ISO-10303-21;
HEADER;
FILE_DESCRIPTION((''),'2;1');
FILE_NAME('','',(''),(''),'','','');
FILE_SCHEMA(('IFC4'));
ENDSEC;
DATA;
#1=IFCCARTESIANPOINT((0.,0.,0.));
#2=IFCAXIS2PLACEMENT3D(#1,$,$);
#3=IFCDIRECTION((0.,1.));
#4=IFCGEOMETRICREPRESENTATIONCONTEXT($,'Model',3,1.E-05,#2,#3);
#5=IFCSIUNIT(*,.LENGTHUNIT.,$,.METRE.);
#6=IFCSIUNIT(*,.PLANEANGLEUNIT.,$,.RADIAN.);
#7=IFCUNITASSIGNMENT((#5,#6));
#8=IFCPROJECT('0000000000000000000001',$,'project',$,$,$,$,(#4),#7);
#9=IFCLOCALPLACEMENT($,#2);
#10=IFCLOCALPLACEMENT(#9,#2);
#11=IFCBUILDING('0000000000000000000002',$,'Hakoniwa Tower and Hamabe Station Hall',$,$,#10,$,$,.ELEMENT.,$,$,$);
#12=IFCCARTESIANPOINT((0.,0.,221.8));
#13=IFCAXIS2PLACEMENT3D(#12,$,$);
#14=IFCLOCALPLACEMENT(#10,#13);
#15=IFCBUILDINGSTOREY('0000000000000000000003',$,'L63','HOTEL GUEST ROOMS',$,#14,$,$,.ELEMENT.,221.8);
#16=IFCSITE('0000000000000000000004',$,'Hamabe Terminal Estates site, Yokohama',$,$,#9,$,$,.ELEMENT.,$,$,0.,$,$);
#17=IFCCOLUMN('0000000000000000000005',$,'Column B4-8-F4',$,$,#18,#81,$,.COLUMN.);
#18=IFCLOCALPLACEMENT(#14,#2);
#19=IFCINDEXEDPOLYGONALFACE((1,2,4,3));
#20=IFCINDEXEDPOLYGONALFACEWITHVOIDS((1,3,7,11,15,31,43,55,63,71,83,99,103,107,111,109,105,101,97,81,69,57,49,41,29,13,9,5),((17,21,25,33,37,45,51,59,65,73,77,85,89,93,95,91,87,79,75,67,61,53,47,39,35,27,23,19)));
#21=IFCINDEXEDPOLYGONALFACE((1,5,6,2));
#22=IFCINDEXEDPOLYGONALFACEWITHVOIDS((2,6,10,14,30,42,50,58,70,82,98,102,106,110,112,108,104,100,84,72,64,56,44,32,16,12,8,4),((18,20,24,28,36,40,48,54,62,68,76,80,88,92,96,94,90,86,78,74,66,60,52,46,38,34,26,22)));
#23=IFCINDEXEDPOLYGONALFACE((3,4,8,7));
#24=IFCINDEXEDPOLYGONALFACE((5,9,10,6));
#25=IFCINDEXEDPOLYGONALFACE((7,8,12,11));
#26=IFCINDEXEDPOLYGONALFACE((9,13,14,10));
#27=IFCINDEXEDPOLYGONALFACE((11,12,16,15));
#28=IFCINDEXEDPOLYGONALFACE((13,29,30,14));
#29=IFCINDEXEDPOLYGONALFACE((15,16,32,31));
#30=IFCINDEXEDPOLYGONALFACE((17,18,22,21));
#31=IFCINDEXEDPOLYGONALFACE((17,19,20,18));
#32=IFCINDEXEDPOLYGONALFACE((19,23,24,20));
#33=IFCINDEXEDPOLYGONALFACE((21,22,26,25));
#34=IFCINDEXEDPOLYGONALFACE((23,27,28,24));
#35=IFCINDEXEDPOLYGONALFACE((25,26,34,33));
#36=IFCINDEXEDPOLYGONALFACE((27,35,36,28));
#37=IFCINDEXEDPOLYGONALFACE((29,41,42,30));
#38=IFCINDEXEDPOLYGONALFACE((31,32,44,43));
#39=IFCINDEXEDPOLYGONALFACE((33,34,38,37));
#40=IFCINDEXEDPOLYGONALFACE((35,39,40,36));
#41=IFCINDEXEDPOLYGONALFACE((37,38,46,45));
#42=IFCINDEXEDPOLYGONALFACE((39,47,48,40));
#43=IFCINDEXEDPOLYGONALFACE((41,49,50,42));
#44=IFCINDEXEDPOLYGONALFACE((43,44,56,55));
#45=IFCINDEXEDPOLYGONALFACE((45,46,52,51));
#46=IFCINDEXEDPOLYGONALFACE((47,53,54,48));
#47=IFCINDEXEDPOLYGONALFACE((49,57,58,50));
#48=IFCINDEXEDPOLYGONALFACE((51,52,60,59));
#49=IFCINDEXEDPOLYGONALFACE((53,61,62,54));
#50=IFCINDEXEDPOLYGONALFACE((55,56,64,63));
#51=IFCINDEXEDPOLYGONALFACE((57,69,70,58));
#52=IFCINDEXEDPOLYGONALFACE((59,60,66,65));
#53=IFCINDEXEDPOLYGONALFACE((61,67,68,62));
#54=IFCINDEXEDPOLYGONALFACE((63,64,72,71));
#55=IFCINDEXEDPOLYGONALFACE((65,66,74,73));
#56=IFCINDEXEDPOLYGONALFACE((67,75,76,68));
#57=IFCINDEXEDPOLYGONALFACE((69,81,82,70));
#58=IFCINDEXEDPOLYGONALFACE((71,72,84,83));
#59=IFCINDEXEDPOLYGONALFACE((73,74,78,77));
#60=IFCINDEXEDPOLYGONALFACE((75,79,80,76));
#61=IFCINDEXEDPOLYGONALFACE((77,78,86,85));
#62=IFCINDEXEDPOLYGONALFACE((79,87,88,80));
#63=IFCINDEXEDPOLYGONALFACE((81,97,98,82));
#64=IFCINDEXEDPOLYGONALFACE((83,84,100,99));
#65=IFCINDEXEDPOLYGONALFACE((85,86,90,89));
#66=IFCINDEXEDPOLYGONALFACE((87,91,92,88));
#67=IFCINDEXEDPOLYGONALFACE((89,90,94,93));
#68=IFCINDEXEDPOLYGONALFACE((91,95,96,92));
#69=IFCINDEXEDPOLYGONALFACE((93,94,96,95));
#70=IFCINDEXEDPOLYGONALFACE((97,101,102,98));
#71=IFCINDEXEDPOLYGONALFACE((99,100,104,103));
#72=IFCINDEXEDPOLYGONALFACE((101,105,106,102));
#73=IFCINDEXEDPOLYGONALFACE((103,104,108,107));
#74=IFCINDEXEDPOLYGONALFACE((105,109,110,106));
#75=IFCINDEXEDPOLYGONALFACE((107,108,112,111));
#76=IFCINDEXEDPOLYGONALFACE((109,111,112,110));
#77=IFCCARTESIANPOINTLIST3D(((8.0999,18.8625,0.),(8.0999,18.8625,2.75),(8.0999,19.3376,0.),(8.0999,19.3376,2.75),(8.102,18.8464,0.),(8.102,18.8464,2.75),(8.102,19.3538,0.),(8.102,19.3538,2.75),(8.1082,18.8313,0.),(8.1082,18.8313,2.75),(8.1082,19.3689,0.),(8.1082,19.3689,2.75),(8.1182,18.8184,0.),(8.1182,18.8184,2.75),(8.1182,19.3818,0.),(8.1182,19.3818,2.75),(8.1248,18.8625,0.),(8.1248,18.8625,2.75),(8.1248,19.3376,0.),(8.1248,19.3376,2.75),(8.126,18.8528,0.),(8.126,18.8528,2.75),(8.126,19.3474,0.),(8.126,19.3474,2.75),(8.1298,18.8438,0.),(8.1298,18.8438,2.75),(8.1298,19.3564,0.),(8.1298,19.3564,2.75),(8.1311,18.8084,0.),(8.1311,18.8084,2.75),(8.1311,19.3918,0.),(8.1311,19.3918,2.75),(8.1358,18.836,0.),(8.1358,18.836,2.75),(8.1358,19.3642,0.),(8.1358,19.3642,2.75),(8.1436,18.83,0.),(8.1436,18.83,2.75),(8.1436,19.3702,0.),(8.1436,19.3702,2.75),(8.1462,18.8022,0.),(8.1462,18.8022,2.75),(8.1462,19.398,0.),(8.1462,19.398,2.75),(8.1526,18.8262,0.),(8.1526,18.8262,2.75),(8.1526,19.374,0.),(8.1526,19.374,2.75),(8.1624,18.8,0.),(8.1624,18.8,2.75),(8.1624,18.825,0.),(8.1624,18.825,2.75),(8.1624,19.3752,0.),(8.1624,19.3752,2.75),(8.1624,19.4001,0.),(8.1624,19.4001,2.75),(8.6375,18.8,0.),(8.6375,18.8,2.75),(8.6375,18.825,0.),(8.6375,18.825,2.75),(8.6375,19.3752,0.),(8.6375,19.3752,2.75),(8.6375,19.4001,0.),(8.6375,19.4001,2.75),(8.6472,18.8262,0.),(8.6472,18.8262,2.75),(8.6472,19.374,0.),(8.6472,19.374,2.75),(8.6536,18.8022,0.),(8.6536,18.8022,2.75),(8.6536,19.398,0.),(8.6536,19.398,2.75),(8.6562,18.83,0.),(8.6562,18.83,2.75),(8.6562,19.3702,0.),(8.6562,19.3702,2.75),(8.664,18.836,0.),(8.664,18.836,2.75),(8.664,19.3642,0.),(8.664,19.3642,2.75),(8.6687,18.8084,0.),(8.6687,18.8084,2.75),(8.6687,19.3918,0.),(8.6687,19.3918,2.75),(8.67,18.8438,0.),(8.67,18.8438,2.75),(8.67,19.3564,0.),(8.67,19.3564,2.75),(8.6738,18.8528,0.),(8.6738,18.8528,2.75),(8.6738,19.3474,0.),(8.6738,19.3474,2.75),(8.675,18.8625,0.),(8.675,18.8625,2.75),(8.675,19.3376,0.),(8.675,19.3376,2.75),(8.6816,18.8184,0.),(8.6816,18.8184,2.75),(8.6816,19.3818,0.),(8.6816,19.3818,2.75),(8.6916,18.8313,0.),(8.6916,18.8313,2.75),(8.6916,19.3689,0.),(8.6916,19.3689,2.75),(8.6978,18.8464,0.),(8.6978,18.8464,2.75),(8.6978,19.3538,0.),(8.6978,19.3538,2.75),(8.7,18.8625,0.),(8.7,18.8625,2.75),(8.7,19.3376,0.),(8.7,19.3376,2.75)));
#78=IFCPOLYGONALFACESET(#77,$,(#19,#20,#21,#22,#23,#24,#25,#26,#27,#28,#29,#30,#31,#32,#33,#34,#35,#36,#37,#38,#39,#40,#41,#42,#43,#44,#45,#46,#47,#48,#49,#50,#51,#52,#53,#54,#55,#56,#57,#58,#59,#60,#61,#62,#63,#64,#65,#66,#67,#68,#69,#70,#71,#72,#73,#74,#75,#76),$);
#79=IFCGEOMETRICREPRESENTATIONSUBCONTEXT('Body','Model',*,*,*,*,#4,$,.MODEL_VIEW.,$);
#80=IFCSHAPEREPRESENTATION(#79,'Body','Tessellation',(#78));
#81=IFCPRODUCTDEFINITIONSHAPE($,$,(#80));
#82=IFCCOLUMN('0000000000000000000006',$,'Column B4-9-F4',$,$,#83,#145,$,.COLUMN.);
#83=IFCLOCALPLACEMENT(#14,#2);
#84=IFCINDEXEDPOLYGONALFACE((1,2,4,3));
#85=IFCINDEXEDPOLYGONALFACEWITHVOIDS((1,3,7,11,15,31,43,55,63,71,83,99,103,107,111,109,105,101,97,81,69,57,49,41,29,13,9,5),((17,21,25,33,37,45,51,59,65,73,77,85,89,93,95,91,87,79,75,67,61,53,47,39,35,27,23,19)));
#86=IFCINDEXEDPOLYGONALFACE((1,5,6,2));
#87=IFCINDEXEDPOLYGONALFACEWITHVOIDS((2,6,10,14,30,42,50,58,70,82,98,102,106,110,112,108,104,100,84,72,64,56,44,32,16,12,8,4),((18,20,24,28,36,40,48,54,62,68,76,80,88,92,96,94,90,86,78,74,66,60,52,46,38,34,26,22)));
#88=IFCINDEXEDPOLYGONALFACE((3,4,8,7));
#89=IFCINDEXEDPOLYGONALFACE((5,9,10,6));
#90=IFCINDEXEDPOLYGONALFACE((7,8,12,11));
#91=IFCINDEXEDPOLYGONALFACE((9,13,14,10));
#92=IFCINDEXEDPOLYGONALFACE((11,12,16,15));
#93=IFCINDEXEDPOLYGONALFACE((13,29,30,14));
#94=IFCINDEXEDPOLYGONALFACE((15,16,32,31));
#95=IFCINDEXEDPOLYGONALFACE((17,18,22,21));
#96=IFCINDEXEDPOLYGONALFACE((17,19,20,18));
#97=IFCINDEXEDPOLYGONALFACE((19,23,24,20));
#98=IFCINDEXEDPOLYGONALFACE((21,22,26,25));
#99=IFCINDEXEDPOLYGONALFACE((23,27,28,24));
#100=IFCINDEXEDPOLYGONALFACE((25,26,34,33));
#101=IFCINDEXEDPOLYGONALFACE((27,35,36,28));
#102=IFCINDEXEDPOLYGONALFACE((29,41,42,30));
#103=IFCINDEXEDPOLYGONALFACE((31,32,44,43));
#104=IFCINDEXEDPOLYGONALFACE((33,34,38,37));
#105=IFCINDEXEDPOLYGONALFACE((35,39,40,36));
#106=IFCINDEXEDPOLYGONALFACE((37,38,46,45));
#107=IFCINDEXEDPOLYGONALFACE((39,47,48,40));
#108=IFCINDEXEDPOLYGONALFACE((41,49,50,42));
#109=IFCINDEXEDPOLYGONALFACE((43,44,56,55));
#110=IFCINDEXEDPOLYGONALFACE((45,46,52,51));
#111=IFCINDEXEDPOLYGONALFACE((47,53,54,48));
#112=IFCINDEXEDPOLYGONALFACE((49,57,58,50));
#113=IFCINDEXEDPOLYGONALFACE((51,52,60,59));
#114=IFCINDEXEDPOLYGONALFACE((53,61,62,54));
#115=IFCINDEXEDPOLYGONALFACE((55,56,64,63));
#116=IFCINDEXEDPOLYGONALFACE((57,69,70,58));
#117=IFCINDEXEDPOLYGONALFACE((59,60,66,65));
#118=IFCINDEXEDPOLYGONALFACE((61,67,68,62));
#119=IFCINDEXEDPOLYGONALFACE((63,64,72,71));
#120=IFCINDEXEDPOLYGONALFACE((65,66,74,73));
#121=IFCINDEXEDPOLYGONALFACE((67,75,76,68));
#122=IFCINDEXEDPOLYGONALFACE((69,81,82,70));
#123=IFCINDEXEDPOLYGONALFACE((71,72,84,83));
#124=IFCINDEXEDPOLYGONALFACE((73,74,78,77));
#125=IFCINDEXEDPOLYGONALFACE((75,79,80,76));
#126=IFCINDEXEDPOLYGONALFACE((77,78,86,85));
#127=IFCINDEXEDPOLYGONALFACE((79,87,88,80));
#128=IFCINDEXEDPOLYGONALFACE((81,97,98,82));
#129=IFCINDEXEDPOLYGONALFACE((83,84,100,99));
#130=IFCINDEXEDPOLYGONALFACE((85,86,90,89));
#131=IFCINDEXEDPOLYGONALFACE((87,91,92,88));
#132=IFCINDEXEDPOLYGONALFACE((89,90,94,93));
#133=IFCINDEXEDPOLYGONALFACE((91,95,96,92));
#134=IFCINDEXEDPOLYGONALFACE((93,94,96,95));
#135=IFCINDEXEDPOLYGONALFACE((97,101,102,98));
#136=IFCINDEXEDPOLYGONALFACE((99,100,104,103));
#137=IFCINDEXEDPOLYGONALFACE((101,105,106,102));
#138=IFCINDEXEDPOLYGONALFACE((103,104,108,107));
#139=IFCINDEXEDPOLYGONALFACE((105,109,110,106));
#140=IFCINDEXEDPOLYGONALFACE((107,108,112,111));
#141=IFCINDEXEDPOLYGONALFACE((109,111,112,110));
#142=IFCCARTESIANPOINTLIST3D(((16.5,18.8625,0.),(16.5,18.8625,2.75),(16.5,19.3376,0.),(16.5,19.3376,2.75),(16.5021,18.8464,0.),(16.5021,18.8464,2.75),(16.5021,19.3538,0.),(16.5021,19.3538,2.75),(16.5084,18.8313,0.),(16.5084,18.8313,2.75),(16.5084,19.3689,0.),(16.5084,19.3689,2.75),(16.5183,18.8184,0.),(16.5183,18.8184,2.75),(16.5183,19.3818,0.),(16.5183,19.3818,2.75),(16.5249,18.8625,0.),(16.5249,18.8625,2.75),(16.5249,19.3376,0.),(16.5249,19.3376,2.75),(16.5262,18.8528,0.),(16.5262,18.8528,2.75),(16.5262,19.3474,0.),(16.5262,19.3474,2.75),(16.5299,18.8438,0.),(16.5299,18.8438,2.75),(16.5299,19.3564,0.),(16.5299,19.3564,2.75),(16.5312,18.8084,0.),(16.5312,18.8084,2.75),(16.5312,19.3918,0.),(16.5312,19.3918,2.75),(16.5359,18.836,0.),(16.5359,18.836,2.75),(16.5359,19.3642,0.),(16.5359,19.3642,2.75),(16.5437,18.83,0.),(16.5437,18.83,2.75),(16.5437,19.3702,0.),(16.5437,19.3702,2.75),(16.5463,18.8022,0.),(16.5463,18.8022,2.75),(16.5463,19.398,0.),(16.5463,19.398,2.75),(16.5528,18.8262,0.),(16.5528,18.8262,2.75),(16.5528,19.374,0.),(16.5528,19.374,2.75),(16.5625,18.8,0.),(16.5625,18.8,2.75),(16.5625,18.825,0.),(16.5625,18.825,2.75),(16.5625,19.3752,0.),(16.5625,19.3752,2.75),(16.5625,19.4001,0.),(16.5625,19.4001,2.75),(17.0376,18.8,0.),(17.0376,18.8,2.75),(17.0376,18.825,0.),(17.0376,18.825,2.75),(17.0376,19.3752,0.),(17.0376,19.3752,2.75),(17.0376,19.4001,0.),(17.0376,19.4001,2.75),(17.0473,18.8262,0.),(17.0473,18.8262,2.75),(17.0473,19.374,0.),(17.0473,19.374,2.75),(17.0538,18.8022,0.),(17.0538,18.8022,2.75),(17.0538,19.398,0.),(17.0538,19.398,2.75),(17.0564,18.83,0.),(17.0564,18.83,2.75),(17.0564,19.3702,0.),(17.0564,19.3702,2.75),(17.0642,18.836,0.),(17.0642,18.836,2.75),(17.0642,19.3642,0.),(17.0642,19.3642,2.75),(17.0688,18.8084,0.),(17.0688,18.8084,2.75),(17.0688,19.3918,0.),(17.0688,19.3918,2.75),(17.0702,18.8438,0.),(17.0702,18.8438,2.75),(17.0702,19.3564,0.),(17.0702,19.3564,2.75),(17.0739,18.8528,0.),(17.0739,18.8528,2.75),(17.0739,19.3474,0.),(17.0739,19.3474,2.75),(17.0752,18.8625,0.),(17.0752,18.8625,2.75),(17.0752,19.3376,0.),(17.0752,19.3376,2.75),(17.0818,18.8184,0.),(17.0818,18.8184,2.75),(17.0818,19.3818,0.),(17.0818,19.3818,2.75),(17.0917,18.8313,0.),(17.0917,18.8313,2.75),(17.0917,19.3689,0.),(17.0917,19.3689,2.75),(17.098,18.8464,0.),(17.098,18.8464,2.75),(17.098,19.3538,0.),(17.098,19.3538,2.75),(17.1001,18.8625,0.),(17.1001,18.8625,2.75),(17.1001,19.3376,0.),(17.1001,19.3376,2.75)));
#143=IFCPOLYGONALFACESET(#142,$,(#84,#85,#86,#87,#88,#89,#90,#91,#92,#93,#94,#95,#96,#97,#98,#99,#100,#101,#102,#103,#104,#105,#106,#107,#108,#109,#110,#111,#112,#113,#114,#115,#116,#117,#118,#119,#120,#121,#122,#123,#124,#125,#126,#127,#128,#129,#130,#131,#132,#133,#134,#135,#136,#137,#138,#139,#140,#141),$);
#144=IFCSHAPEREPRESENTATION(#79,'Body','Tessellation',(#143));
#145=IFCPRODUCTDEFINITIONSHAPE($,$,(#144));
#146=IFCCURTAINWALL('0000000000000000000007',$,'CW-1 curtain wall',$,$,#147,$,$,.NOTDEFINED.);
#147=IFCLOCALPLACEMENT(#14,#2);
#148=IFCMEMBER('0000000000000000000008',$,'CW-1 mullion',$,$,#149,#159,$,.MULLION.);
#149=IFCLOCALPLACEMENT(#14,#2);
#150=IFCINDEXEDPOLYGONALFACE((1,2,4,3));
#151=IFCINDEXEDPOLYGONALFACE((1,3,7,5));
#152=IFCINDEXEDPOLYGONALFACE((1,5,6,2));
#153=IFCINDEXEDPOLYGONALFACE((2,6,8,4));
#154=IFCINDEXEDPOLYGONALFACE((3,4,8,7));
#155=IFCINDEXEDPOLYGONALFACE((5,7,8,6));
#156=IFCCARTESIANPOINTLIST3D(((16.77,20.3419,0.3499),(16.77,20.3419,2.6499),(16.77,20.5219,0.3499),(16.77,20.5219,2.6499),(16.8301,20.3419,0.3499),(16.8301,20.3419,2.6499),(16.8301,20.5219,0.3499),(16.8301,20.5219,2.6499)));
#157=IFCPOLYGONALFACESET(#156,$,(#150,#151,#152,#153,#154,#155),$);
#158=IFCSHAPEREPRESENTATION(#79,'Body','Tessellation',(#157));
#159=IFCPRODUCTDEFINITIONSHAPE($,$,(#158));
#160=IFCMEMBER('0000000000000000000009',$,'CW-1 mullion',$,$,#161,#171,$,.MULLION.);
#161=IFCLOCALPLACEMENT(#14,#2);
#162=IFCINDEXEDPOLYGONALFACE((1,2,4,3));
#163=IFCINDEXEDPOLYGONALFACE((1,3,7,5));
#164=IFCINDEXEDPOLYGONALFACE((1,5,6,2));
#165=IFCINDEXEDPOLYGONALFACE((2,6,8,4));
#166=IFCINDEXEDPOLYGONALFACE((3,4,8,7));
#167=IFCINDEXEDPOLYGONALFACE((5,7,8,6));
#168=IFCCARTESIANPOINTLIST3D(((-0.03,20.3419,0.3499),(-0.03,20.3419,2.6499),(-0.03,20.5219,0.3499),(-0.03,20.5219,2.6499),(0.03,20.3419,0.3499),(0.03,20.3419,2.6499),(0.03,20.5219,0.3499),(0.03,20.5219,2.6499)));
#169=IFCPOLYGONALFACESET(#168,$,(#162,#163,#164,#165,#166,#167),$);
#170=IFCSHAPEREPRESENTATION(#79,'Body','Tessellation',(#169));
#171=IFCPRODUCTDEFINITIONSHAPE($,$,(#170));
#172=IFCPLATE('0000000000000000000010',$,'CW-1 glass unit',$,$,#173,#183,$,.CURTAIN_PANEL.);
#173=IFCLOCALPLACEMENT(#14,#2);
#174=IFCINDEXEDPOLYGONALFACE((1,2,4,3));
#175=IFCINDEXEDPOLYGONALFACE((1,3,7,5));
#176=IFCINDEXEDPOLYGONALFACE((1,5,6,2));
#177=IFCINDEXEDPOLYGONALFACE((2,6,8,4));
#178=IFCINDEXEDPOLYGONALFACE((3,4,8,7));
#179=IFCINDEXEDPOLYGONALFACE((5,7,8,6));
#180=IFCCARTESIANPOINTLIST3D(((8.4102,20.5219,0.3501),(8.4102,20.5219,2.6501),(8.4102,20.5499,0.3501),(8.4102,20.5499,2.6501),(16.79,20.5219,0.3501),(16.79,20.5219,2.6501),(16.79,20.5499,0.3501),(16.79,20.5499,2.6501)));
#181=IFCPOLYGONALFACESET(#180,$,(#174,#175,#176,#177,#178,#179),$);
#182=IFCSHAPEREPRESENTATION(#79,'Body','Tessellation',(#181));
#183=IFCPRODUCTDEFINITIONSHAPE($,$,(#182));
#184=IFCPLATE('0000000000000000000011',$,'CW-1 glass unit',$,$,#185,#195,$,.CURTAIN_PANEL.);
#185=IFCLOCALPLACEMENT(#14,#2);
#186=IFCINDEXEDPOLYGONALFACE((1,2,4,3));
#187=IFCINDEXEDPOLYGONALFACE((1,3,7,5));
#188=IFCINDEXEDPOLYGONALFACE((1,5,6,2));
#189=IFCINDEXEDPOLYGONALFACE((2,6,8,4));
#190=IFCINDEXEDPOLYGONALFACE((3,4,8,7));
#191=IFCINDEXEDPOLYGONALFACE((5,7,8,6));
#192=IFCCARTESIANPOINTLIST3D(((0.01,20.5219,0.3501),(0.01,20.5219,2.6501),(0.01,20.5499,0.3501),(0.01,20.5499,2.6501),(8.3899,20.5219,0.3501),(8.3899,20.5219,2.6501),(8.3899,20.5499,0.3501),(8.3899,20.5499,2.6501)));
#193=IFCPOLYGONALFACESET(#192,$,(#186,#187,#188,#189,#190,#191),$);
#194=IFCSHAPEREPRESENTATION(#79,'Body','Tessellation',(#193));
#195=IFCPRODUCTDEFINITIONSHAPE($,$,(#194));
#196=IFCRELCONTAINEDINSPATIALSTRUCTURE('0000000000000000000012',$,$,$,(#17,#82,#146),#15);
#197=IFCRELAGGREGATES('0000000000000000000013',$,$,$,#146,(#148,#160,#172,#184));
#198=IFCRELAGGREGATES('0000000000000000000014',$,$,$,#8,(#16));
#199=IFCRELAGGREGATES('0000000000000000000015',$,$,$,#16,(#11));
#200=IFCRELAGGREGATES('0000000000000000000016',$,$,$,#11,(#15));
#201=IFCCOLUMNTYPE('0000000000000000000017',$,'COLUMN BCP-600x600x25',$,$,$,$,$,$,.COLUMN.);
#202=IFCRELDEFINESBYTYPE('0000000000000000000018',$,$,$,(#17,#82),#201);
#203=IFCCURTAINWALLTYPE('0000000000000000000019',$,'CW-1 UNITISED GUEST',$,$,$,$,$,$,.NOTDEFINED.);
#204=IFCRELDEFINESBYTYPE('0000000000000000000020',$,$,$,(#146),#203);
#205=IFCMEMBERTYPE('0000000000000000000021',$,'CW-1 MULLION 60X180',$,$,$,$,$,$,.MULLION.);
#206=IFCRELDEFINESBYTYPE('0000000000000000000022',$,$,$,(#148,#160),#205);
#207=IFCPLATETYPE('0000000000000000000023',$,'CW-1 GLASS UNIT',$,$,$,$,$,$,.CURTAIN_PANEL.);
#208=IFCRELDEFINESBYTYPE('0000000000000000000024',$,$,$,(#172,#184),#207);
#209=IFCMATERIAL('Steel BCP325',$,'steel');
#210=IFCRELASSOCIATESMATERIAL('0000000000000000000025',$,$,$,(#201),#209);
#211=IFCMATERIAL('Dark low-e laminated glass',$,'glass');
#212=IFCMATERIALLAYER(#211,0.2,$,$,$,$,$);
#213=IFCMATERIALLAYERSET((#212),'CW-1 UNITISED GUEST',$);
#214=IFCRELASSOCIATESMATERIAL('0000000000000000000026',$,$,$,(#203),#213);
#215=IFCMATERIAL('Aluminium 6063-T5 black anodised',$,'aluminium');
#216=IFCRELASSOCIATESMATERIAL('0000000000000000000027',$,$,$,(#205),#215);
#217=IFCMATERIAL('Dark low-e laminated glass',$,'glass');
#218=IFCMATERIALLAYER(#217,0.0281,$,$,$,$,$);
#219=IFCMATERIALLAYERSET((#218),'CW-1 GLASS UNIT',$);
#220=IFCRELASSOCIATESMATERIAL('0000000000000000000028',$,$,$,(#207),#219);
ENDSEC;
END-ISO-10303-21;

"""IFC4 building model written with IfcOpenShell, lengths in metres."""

from ifc_helpers import new_model, si_unit, direction, frame, origin, origin_2d, place, context, subcontext, project, spatial, rectangle, hollow_rectangle, extrude, material, layer, layer_set, material_profile, profile_set, type_object, element, aggregate, save


model = new_model("IFC4")

# Units and contexts
model_context = context("Model", 3, precision=1e-05, world=origin(), true_north=direction((0.0, 1.0)))
body_context = subcontext(model_context, "Body", "Model", "MODEL_VIEW")
ifc_project = project(units=[si_unit("LENGTHUNIT", "METRE"), si_unit("PLANEANGLEUNIT", "RADIAN")], contexts=[model_context])

# Site, building, storey
site_placement = place(None, origin())
site = spatial("IfcSite", under=ifc_project, at=site_placement, Name="Hamabe Terminal Estates site, Yokohama", CompositionType="ELEMENT", RefElevation=0.0)
building_placement = place(site_placement, origin())
building = spatial("IfcBuilding", under=site, at=building_placement, Name="Hakoniwa Tower and Hamabe Station Hall", CompositionType="ELEMENT")
storey_placement = place(building_placement, frame((0.0, 0.0, 221.8)))
storey = spatial("IfcBuildingStorey", under=building, at=storey_placement, Name="L63", Description="HOTEL GUEST ROOMS", CompositionType="ELEMENT", Elevation=221.8)

# Columns
ifc_material_1 = material(Name="Steel BCP325", Category="steel")
ifc_material_profile_1 = material_profile(ifc_material_1, hollow_rectangle(XDim=0.6001, YDim=0.6001, WallThickness=0.0249, InnerFilletRadius=0.0376, OuterFilletRadius=0.0625, at=origin_2d()), Name="BCP-600x600x25")
ifc_profile_set_1 = profile_set([ifc_material_profile_1], Name="Steel BCP325")
column_type = type_object("IfcColumnType", Name="COLUMN BCP-600x600x25", PredefinedType="COLUMN", material=ifc_profile_set_1)
for number, where, z_axis, x_axis, name in (
    (1, (8.3999, 19.1001, 0.0), (0.0, 0.0, 1.0), (1.0, 0.0, 0.0), "Column B4-8-F4"),
    (2, (16.8, 19.1001, 0.0), (0.0, 0.0, 1.0), (1.0, 0.0, 0.0), "Column B4-9-F4"),
):
    element("IfcColumn", number, at=place(storey_placement, frame(where, z_axis=z_axis, x_axis=x_axis)), inside=storey, type_object=column_type, Name=name, PredefinedType="COLUMN", context=body_context, shape_type="SweptSolid", body=[
        extrude(hollow_rectangle(XDim=0.6001, YDim=0.6001, WallThickness=0.0249, InnerFilletRadius=0.0376, OuterFilletRadius=0.0625, at=origin_2d()), origin(), (0.0, 0.0, 1.0), 2.75),
    ])

# Curtain wall, members, plates
ifc_material_2 = material(Name="Dark low-e laminated glass", Category="glass")
ifc_layer_1 = layer(ifc_material_2, 0.2)
ifc_layer_set_1 = layer_set([ifc_layer_1], Name="CW-1 UNITISED GUEST")
curtain_wall_type = type_object("IfcCurtainWallType", Name="CW-1 UNITISED GUEST", PredefinedType="NOTDEFINED", material=ifc_layer_set_1)
curtain_wall_placement = place(storey_placement, origin())
curtain_wall = element("IfcCurtainWall", 3, at=curtain_wall_placement, inside=storey, type_object=curtain_wall_type, Name="CW-1 curtain wall", PredefinedType="NOTDEFINED")
ifc_material_3 = material(Name="Aluminium 6063-T5 black anodised", Category="aluminium")
ifc_material_profile_2 = material_profile(ifc_material_3, rectangle(XDim=0.0601, YDim=0.1799, at=origin_2d()), Name="CW-1 MULLION 60X180")
ifc_profile_set_2 = profile_set([ifc_material_profile_2], Name="Aluminium 6063-T5 black anodised")
member_type = type_object("IfcMemberType", Name="CW-1 MULLION 60X180", PredefinedType="MULLION", material=ifc_profile_set_2)
member_1_placement = place(storey_placement, frame((16.8, 20.4319, 0.3499), z_axis=(0.0, 0.0, 1.0), x_axis=(-1.0, 0.0, 0.0)))
member_1 = element("IfcMember", 4, at=member_1_placement, type_object=member_type, Name="CW-1 mullion", PredefinedType="MULLION", context=body_context, shape_type="SweptSolid", body=[
    extrude(rectangle(XDim=0.0601, YDim=0.1799, at=origin_2d()), origin(), (0.0, 0.0, 1.0), 2.3),
])
member_2_placement = place(storey_placement, frame((0.0, 20.4319, 0.3499), z_axis=(0.0, 0.0, 1.0), x_axis=(-1.0, 0.0, 0.0)))
member_2 = element("IfcMember", 5, at=member_2_placement, type_object=member_type, Name="CW-1 mullion", PredefinedType="MULLION", context=body_context, shape_type="SweptSolid", body=[
    extrude(rectangle(XDim=0.0601, YDim=0.1799, at=origin_2d()), origin(), (0.0, 0.0, 1.0), 2.3),
])
ifc_material_4 = material(Name="Dark low-e laminated glass", Category="glass")
ifc_layer_2 = layer(ifc_material_4, 0.0281)
ifc_layer_set_2 = layer_set([ifc_layer_2], Name="CW-1 GLASS UNIT")
plate_type = type_object("IfcPlateType", Name="CW-1 GLASS UNIT", PredefinedType="CURTAIN_PANEL", material=ifc_layer_set_2)
plate_1_placement = place(storey_placement, frame((12.6001, 20.5359, 0.3501), z_axis=(0.0, 0.0, 1.0), x_axis=(-1.0, 0.0, 0.0)))
plate_1 = element("IfcPlate", 6, at=plate_1_placement, type_object=plate_type, Name="CW-1 glass unit", PredefinedType="CURTAIN_PANEL", context=body_context, shape_type="SweptSolid", body=[
    extrude(rectangle(XDim=8.3799, YDim=0.0281, at=origin_2d()), origin(), (0.0, 0.0, 1.0), 2.3),
])
plate_2_placement = place(storey_placement, frame((4.2, 20.5359, 0.3501), z_axis=(0.0, 0.0, 1.0), x_axis=(-1.0, 0.0, 0.0)))
plate_2 = element("IfcPlate", 7, at=plate_2_placement, type_object=plate_type, Name="CW-1 glass unit", PredefinedType="CURTAIN_PANEL", context=body_context, shape_type="SweptSolid", body=[
    extrude(rectangle(XDim=8.3799, YDim=0.0281, at=origin_2d()), origin(), (0.0, 0.0, 1.0), 2.3),
])
aggregate(curtain_wall, [member_1, member_2, plate_1, plate_2])

save(model, "model.ifc")
